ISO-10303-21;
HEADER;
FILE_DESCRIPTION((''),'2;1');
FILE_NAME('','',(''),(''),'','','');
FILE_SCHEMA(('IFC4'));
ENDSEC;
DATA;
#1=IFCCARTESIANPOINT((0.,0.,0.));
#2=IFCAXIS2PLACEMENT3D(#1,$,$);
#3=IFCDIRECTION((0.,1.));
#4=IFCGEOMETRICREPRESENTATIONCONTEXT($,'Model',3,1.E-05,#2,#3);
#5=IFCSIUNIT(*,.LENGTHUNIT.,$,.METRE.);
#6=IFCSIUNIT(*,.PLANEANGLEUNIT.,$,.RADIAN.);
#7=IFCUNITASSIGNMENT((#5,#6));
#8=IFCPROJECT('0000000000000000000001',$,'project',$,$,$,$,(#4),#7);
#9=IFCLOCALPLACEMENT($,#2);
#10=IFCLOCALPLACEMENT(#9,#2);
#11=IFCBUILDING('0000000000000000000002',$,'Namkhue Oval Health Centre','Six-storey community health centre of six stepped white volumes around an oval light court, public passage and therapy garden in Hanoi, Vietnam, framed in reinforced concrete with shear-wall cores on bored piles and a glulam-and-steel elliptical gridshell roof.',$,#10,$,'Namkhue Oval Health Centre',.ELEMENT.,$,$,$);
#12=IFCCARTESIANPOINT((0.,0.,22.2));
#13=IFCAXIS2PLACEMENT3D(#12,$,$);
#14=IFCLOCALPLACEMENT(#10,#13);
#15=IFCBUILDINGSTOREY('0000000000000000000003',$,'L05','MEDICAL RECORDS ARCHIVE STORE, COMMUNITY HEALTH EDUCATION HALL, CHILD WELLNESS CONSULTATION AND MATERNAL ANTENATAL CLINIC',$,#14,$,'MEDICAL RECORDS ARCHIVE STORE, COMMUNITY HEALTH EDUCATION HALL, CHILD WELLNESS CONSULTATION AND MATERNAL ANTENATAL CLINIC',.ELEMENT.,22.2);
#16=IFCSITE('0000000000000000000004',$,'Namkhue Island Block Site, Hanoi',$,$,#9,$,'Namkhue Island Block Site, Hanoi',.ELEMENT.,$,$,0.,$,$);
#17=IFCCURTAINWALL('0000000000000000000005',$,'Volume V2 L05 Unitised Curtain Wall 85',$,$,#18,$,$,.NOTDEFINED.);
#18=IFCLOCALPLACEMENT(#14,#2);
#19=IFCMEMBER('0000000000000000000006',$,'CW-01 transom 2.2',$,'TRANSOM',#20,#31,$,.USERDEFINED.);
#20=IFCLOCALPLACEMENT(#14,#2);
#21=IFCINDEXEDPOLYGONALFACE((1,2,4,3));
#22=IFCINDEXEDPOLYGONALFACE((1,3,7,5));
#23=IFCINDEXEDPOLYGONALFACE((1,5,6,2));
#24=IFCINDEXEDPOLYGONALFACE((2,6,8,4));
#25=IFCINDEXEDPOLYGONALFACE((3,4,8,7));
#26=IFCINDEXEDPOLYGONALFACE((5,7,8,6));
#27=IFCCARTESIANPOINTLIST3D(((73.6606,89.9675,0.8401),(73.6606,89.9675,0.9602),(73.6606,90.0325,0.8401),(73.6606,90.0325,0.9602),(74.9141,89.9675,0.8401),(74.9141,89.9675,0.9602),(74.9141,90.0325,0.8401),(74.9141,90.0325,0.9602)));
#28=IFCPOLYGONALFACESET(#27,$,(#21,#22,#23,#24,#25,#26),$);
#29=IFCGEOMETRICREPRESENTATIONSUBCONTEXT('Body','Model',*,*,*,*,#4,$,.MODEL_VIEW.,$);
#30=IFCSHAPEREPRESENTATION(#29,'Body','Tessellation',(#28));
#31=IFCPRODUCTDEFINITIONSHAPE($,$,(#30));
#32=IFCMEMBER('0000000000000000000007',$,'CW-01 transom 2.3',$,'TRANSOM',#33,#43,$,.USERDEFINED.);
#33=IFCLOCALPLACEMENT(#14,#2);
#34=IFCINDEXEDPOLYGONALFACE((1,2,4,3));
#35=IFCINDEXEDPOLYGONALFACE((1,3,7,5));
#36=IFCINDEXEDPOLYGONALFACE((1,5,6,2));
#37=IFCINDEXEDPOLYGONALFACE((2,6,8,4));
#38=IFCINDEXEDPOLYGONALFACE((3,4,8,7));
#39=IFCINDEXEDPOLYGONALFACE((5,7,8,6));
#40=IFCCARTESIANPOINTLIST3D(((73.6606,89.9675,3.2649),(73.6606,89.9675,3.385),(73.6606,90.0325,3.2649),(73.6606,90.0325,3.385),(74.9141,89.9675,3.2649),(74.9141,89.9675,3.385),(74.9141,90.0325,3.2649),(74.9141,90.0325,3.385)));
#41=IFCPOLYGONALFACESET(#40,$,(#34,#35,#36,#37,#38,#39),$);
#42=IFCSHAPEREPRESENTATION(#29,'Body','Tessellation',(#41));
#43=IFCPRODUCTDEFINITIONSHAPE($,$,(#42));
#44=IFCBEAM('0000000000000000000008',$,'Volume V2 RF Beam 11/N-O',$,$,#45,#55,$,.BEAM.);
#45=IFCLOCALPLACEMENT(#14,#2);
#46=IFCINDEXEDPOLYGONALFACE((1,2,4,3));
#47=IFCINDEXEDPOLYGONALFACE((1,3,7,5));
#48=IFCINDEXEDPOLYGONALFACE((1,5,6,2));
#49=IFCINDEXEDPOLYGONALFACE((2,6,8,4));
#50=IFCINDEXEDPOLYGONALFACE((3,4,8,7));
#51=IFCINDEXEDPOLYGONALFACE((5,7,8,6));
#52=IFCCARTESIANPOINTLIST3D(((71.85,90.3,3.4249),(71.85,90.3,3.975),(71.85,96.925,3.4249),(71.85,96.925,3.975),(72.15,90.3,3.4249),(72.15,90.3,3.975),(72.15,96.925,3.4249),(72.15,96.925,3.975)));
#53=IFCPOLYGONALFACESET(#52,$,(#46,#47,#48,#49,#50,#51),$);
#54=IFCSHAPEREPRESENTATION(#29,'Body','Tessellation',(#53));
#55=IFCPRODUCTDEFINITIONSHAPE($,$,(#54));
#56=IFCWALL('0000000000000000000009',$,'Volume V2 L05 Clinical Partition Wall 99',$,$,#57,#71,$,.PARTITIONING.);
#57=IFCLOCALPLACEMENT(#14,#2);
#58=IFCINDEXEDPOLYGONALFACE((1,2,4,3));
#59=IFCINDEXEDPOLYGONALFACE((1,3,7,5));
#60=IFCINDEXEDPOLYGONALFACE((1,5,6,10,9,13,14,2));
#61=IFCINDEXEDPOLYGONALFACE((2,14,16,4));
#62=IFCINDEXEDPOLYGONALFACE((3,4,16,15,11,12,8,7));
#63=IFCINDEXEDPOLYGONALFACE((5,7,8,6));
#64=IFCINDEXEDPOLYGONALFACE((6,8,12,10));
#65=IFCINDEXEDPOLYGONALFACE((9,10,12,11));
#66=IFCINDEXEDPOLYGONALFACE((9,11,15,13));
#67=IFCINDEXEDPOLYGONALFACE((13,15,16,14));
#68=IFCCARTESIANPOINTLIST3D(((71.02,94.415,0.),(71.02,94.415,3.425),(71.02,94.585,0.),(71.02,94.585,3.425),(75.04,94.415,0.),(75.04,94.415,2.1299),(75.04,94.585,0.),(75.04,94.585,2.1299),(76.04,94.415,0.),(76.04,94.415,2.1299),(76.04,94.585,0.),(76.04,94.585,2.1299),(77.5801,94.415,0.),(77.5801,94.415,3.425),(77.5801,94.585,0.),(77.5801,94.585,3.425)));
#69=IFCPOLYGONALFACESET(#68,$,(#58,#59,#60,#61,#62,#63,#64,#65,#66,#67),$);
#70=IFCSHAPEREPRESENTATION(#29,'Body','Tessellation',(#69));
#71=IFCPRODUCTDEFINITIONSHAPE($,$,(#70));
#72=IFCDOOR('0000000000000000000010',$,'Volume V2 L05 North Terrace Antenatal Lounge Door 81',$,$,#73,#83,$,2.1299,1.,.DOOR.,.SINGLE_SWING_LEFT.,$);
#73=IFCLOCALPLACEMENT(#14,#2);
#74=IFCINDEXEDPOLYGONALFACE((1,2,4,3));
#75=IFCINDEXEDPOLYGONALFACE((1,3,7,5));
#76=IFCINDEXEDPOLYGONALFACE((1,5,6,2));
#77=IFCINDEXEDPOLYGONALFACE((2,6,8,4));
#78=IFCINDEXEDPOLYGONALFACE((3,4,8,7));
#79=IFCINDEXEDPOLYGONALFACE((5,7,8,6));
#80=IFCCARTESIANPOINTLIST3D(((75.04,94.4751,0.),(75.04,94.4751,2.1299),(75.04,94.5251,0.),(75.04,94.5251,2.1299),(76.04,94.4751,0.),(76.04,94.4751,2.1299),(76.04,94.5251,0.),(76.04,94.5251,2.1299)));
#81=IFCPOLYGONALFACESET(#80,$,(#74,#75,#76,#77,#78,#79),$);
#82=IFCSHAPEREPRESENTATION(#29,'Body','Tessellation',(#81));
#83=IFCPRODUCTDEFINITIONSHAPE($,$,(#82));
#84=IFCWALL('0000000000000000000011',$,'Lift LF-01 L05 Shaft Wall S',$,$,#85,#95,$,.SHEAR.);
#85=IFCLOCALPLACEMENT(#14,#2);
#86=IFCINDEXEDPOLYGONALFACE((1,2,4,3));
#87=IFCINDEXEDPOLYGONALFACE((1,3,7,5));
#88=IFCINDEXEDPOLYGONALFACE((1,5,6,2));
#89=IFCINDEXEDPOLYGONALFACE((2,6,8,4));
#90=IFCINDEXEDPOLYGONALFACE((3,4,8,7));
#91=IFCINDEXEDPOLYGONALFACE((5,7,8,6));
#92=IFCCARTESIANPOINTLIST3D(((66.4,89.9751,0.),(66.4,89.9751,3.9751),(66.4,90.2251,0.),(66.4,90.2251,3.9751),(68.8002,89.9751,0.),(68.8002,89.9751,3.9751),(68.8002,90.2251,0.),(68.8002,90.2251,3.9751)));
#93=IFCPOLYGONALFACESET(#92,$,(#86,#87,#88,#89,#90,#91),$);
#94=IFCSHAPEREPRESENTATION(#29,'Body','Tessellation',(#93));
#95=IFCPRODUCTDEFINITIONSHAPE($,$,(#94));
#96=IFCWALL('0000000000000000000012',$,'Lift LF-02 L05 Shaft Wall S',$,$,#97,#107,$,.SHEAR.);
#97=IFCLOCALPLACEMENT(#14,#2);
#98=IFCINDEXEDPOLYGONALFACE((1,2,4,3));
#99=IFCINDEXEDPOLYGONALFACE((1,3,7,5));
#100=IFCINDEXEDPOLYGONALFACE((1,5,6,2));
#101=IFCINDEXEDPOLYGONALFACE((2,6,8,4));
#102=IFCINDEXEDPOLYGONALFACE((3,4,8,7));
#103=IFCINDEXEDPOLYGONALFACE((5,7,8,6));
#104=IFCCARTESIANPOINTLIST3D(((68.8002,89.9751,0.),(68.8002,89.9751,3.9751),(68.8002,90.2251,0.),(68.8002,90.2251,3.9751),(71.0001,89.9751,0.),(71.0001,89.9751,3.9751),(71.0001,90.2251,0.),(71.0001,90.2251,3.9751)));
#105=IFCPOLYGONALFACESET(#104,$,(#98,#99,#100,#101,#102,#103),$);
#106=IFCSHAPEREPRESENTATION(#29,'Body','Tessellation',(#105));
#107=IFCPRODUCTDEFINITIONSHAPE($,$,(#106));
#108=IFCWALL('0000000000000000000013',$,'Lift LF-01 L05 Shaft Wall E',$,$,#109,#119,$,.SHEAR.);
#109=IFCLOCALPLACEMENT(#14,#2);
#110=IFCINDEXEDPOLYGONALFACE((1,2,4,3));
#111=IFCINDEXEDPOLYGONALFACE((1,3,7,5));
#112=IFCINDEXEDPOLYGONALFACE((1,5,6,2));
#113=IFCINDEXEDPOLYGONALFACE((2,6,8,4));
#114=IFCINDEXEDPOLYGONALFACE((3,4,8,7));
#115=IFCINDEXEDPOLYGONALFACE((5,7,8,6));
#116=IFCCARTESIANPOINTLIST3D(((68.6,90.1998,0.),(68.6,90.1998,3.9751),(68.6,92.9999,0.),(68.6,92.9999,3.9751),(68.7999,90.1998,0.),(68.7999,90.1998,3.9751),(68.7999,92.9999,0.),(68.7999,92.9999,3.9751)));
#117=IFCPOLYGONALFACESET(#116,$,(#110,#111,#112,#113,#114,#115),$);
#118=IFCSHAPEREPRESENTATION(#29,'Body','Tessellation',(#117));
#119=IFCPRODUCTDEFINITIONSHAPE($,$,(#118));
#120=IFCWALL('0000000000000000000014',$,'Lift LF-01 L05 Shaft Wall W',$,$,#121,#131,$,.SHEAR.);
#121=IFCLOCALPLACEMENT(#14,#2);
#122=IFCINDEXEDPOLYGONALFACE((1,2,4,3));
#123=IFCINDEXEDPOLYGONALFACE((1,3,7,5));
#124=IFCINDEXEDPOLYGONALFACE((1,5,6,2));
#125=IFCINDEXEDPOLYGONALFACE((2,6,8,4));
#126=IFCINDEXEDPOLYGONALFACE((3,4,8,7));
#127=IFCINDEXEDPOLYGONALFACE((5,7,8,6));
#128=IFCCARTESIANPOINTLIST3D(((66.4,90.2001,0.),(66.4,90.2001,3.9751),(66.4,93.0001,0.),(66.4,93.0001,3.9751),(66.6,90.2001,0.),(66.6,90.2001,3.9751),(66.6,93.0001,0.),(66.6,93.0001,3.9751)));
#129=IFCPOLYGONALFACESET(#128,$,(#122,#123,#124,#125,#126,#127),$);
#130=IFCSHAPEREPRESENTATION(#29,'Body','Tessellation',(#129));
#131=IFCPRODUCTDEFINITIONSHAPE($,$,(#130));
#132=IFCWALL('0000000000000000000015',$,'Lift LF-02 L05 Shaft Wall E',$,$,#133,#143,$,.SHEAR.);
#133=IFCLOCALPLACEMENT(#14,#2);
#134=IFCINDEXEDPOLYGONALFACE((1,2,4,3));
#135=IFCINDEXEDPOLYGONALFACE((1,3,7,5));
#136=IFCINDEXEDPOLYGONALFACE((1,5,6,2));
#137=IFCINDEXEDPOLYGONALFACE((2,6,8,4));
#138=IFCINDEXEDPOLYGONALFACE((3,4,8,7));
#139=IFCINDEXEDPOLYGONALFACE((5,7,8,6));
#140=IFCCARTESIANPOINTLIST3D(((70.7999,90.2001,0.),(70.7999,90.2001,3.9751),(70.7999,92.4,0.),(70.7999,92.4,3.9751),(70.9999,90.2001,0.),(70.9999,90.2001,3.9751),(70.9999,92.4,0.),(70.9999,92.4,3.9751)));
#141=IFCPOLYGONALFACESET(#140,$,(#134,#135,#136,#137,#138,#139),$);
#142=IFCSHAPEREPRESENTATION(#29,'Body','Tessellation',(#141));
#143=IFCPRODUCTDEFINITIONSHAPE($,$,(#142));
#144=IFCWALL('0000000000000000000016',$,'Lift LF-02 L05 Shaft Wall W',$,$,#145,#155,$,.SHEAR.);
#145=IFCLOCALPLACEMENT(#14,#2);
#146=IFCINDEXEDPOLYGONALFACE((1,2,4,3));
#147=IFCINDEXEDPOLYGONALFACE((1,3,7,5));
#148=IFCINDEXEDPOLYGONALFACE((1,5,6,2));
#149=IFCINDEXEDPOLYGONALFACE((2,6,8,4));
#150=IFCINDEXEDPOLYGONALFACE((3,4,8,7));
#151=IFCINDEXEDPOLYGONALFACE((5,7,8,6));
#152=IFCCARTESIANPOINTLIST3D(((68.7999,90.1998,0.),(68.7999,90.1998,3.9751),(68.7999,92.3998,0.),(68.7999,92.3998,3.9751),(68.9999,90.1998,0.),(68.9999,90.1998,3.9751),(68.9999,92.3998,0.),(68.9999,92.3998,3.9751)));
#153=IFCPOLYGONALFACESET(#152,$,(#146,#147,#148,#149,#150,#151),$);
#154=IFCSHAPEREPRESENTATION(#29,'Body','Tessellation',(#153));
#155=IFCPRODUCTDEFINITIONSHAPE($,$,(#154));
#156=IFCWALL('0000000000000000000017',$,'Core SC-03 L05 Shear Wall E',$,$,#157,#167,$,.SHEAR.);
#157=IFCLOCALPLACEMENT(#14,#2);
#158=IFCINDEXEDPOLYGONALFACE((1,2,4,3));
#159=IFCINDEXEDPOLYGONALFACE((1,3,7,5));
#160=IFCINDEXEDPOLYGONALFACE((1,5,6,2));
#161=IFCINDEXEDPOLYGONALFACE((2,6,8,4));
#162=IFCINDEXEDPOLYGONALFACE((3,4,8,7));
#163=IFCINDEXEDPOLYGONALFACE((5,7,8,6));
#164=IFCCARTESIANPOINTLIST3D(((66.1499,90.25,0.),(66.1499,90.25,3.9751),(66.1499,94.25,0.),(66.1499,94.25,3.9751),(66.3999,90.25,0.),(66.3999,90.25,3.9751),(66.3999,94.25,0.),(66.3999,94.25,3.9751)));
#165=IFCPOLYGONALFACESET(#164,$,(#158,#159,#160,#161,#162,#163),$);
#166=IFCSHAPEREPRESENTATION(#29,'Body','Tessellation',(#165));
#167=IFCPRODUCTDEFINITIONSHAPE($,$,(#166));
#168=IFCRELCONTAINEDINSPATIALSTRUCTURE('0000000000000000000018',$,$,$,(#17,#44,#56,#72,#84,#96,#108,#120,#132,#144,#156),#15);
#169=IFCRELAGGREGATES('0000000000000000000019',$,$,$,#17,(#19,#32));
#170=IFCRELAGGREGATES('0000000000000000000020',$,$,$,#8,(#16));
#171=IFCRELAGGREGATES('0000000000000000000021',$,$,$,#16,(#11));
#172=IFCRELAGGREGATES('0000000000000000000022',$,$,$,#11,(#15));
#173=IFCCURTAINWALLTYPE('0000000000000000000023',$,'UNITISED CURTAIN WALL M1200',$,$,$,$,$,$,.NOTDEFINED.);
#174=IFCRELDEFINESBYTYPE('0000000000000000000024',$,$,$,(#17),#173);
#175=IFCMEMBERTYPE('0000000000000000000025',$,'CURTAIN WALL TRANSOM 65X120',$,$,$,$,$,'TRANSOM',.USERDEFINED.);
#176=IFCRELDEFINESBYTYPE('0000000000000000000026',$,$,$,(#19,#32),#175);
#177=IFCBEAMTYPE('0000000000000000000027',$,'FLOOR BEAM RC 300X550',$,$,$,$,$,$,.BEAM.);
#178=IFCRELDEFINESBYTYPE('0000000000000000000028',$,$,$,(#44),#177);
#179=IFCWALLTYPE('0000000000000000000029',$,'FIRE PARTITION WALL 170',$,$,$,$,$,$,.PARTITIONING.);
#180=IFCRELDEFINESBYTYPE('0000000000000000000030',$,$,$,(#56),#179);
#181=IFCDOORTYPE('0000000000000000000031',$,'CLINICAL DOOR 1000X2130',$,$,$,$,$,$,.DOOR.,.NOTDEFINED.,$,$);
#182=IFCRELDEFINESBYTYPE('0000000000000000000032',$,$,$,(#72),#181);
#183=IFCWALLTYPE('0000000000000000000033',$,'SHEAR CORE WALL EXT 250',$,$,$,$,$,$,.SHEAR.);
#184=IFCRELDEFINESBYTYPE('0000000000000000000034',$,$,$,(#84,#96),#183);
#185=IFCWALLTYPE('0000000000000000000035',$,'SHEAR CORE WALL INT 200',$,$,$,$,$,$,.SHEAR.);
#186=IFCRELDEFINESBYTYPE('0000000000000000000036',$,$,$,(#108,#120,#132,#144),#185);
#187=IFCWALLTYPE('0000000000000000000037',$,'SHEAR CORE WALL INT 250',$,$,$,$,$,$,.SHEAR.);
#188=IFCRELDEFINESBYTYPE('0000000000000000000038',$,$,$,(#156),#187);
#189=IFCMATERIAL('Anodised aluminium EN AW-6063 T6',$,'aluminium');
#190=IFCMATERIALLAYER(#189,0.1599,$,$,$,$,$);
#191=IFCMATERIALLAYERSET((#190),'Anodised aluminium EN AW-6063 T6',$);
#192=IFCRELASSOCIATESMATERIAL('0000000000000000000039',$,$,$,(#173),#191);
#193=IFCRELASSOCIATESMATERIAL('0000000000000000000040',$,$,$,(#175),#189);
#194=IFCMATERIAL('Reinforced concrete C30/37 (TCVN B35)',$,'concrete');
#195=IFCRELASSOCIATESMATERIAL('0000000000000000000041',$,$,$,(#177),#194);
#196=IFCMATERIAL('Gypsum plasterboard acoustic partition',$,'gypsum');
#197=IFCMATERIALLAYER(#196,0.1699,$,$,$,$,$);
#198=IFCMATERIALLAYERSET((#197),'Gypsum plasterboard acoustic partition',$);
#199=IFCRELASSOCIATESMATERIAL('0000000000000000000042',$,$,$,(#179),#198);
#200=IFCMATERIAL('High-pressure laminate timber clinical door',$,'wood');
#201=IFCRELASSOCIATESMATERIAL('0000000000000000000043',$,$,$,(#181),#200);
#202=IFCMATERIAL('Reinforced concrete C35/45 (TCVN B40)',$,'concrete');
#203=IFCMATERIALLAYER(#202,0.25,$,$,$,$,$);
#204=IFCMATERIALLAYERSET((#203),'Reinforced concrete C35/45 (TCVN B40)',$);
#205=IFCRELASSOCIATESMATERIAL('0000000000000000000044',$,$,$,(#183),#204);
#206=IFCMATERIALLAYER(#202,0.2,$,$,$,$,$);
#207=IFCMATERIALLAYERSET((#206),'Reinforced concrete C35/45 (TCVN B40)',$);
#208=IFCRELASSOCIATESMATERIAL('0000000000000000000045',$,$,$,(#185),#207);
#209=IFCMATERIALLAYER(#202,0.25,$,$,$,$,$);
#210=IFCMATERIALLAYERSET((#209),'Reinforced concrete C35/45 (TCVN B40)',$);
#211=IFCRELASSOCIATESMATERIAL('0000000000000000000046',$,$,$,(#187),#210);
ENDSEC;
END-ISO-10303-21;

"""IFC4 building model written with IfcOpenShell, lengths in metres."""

from ifc_helpers import new_model, si_unit, direction, frame, frame_2d, origin, origin_2d, place, context, subcontext, project, spatial, rectangle, extrude, material, layer, layer_set, material_profile, profile_set, type_object, element, fill, aggregate, save


model = new_model("IFC4")

# Units and contexts
model_context = context("Model", 3, precision=1e-05, world=origin(), true_north=direction((0.0, 1.0)))
body_context = subcontext(model_context, "Body", "Model", "MODEL_VIEW")
ifc_project = project(units=[si_unit("LENGTHUNIT", "METRE"), si_unit("PLANEANGLEUNIT", "RADIAN")], contexts=[model_context])

# Site, building, storey
site_placement = place(None, origin())
site = spatial("IfcSite", under=ifc_project, at=site_placement, Name="Namkhue Island Block Site, Hanoi", LongName="Namkhue Island Block Site, Hanoi", CompositionType="ELEMENT", RefElevation=0.0)
building_placement = place(site_placement, origin())
building = spatial("IfcBuilding", under=site, at=building_placement, Name="Namkhue Oval Health Centre", Description="Six-storey community health centre of six stepped white volumes around an oval light court, public passage and therapy garden in Hanoi, Vietnam, framed in reinforced concrete with shear-wall cores on bored piles and a glulam-and-steel elliptical gridshell roof.", LongName="Namkhue Oval Health Centre", CompositionType="ELEMENT")
storey_placement = place(building_placement, frame((0.0, 0.0, 22.2)))
storey = spatial("IfcBuildingStorey", under=building, at=storey_placement, Name="L05", Description="MEDICAL RECORDS ARCHIVE STORE, COMMUNITY HEALTH EDUCATION HALL, CHILD WELLNESS CONSULTATION AND MATERNAL ANTENATAL CLINIC", LongName="MEDICAL RECORDS ARCHIVE STORE, COMMUNITY HEALTH EDUCATION HALL, CHILD WELLNESS CONSULTATION AND MATERNAL ANTENATAL CLINIC", CompositionType="ELEMENT", Elevation=22.2)

# Curtain wall, members
ifc_material_1 = material(Name="Anodised aluminium EN AW-6063 T6", Category="aluminium")
ifc_layer_1 = layer(ifc_material_1, 0.1599)
ifc_layer_set_1 = layer_set([ifc_layer_1], Name="Anodised aluminium EN AW-6063 T6")
curtain_wall_type = type_object("IfcCurtainWallType", Name="UNITISED CURTAIN WALL M1200", PredefinedType="NOTDEFINED", material=ifc_layer_set_1)
curtain_wall_placement = place(storey_placement, origin())
curtain_wall = element("IfcCurtainWall", 1, at=curtain_wall_placement, inside=storey, type_object=curtain_wall_type, Name="Volume V2 L05 Unitised Curtain Wall 85", PredefinedType="NOTDEFINED")
ifc_material_profile_1 = material_profile(ifc_material_1, rectangle(XDim=0.0649, YDim=0.1201, at=origin_2d()), Name="ALU 65x120")
ifc_profile_set_1 = profile_set([ifc_material_profile_1], Name="Anodised aluminium EN AW-6063 T6")
member_type = type_object("IfcMemberType", Name="CURTAIN WALL TRANSOM 65X120", ElementType="TRANSOM", PredefinedType="USERDEFINED", material=ifc_profile_set_1)
member_1_placement = place(storey_placement, frame((73.6606, 90.0, 0.9001), z_axis=(1.0, 0.0, 0.0), x_axis=(0.0, 1.0, 0.0)))
member_1 = element("IfcMember", 2, at=member_1_placement, type_object=member_type, Name="CW-01 transom 2.2", ObjectType="TRANSOM", PredefinedType="USERDEFINED", context=body_context, shape_type="SweptSolid", body=[
    extrude(rectangle(XDim=0.0649, YDim=0.1201, at=origin_2d()), origin(), (0.0, 0.0, 1.0), 1.2534),
])
member_2_placement = place(storey_placement, frame((73.6606, 90.0, 3.325), z_axis=(1.0, 0.0, 0.0), x_axis=(0.0, 1.0, 0.0)))
member_2 = element("IfcMember", 3, at=member_2_placement, type_object=member_type, Name="CW-01 transom 2.3", ObjectType="TRANSOM", PredefinedType="USERDEFINED", context=body_context, shape_type="SweptSolid", body=[
    extrude(rectangle(XDim=0.0649, YDim=0.1201, at=origin_2d()), origin(), (0.0, 0.0, 1.0), 1.2534),
])
aggregate(curtain_wall, [member_1, member_2])

# Beam
ifc_material_2 = material(Name="Reinforced concrete C30/37 (TCVN B35)", Category="concrete")
ifc_material_profile_2 = material_profile(ifc_material_2, rectangle(XDim=0.3, YDim=0.55, at=origin_2d()), Name="RC 300x550")
ifc_profile_set_2 = profile_set([ifc_material_profile_2], Name="Reinforced concrete C30/37 (TCVN B35)")
beam_type = type_object("IfcBeamType", Name="FLOOR BEAM RC 300X550", PredefinedType="BEAM", material=ifc_profile_set_2)
beam_placement = place(storey_placement, frame((72.0, 90.3, 3.7), z_axis=(0.0, 1.0, 0.0), x_axis=(-1.0, 0.0, 0.0)))
element("IfcBeam", 4, at=beam_placement, inside=storey, type_object=beam_type, Name="Volume V2 RF Beam 11/N-O", PredefinedType="BEAM", context=body_context, shape_type="SweptSolid", body=[
    extrude(rectangle(XDim=0.3, YDim=0.55, at=origin_2d()), origin(), (0.0, 0.0, 1.0), 6.625),
])

# Wall, opening, door
ifc_material_3 = material(Name="Gypsum plasterboard acoustic partition", Category="gypsum")
ifc_layer_2 = layer(ifc_material_3, 0.1699)
ifc_layer_set_2 = layer_set([ifc_layer_2], Name="Gypsum plasterboard acoustic partition")
wall_type_1 = type_object("IfcWallType", Name="FIRE PARTITION WALL 170", PredefinedType="PARTITIONING", material=ifc_layer_set_2)
wall_1_placement = place(storey_placement, frame((71.02, 94.5, 0.0), z_axis=(0.0, 0.0, 1.0), x_axis=(1.0, 0.0, 0.0)))
wall_1 = element("IfcWall", 5, at=wall_1_placement, inside=storey, type_object=wall_type_1, Name="Volume V2 L05 Clinical Partition Wall 99", PredefinedType="PARTITIONING", context=body_context, shape_type="SweptSolid", body=[
    extrude(rectangle(XDim=6.5601, YDim=0.1699, at=frame_2d((3.28, 0.0))), origin(), (0.0, 0.0, 1.0), 3.425),
])
opening_1_placement = place(wall_1_placement, frame((4.02, 0.0, 0.0)))
opening_1 = element("IfcOpeningElement", 6, at=opening_1_placement, cuts=wall_1, PredefinedType="OPENING", context=body_context, shape_type="SweptSolid", body=[
    extrude(rectangle(XDim=1.0, YDim=2.1299, at=frame_2d((0.5, 1.0649))), frame((0.0, 0.095, 0.0), z_axis=(0.0, -1.0, 0.0), x_axis=(1.0, 0.0, 0.0)), (0.0, 0.0, 1.0), 0.1899),
])
ifc_material_4 = material(Name="High-pressure laminate timber clinical door", Category="wood")
door_type_1 = type_object("IfcDoorType", Name="CLINICAL DOOR 1000X2130", OperationType="NOTDEFINED", PredefinedType="DOOR", material=ifc_material_4)
door_1_placement = place(opening_1_placement, frame((1.0, 0.0, 0.0), z_axis=(0.0, 0.0, 1.0), x_axis=(-1.0, 0.0, 0.0)))
door_1 = element("IfcDoor", 7, at=door_1_placement, inside=storey, type_object=door_type_1, Name="Volume V2 L05 North Terrace Antenatal Lounge Door 81", OperationType="SINGLE_SWING_LEFT", OverallHeight=2.1299, OverallWidth=1.0, PredefinedType="DOOR", context=body_context, shape_type="SweptSolid", body=[
    extrude(rectangle(XDim=1.0, YDim=2.1299, at=frame_2d((0.5, 1.0649))), frame((0.0, 0.0249, 0.0), z_axis=(0.0, -1.0, 0.0), x_axis=(1.0, 0.0, 0.0)), (0.0, 0.0, 1.0), 0.05),
])
fill(opening_1, door_1)

# Walls
ifc_material_5 = material(Name="Reinforced concrete C35/45 (TCVN B40)", Category="concrete")
ifc_layer_3 = layer(ifc_material_5, 0.25)
ifc_layer_set_3 = layer_set([ifc_layer_3], Name="Reinforced concrete C35/45 (TCVN B40)")
wall_type_2 = type_object("IfcWallType", Name="SHEAR CORE WALL EXT 250", PredefinedType="SHEAR", material=ifc_layer_set_3)
wall_2_placement = place(storey_placement, frame((66.3999, 90.1001, 0.0), z_axis=(0.0, 0.0, 1.0), x_axis=(1.0, 0.0, 0.0)))
element("IfcWall", 8, at=wall_2_placement, inside=storey, type_object=wall_type_2, Name="Lift LF-01 L05 Shaft Wall S", PredefinedType="SHEAR", context=body_context, shape_type="SweptSolid", body=[
    extrude(rectangle(XDim=2.4001, YDim=0.25, at=frame_2d((1.2002, 0.0))), origin(), (0.0, 0.0, 1.0), 3.9751),
])
wall_3_placement = place(storey_placement, frame((68.8, 90.1001, 0.0), z_axis=(0.0, 0.0, 1.0), x_axis=(1.0, 0.0, 0.0)))
element("IfcWall", 9, at=wall_3_placement, inside=storey, type_object=wall_type_2, Name="Lift LF-02 L05 Shaft Wall S", PredefinedType="SHEAR", context=body_context, shape_type="SweptSolid", body=[
    extrude(rectangle(XDim=2.2, YDim=0.25, at=frame_2d((1.1001, 0.0))), origin(), (0.0, 0.0, 1.0), 3.9751),
])
ifc_layer_4 = layer(ifc_material_5, 0.2)
ifc_layer_set_4 = layer_set([ifc_layer_4], Name="Reinforced concrete C35/45 (TCVN B40)")
wall_type_3 = type_object("IfcWallType", Name="SHEAR CORE WALL INT 200", PredefinedType="SHEAR", material=ifc_layer_set_4)
wall_4_placement = place(storey_placement, frame((68.7, 90.2, 0.0), z_axis=(0.0, 0.0, 1.0), x_axis=(0.0, 1.0, 0.0)))
element("IfcWall", 10, at=wall_4_placement, inside=storey, type_object=wall_type_3, Name="Lift LF-01 L05 Shaft Wall E", PredefinedType="SHEAR", context=body_context, shape_type="SweptSolid", body=[
    extrude(rectangle(XDim=2.8, YDim=0.2, at=frame_2d((1.3999, 0.0))), origin(), (0.0, 0.0, 1.0), 3.9751),
])

# Walls
wall_5_placement = place(storey_placement, frame((66.5, 93.0, 0.0), z_axis=(0.0, 0.0, 1.0), x_axis=(0.0, -1.0, 0.0)))
element("IfcWall", 11, at=wall_5_placement, inside=storey, type_object=wall_type_3, Name="Lift LF-01 L05 Shaft Wall W", PredefinedType="SHEAR", context=body_context, shape_type="SweptSolid", body=[
    extrude(rectangle(XDim=2.8, YDim=0.2, at=frame_2d((1.3999, 0.0))), origin(), (0.0, 0.0, 1.0), 3.9751),
])
wall_6_placement = place(storey_placement, frame((70.8999, 90.2, 0.0), z_axis=(0.0, 0.0, 1.0), x_axis=(0.0, 1.0, 0.0)))
element("IfcWall", 12, at=wall_6_placement, inside=storey, type_object=wall_type_3, Name="Lift LF-02 L05 Shaft Wall E", PredefinedType="SHEAR", context=body_context, shape_type="SweptSolid", body=[
    extrude(rectangle(XDim=2.2, YDim=0.2, at=frame_2d((1.1001, 0.0))), origin(), (0.0, 0.0, 1.0), 3.9751),
])

# Walls
wall_7_placement = place(storey_placement, frame((68.8999, 92.3999, 0.0), z_axis=(0.0, 0.0, 1.0), x_axis=(0.0, -1.0, 0.0)))
element("IfcWall", 13, at=wall_7_placement, inside=storey, type_object=wall_type_3, Name="Lift LF-02 L05 Shaft Wall W", PredefinedType="SHEAR", context=body_context, shape_type="SweptSolid", body=[
    extrude(rectangle(XDim=2.2, YDim=0.2, at=frame_2d((1.1001, 0.0))), origin(), (0.0, 0.0, 1.0), 3.9751),
])
ifc_layer_5 = layer(ifc_material_5, 0.25)
ifc_layer_set_5 = layer_set([ifc_layer_5], Name="Reinforced concrete C35/45 (TCVN B40)")
wall_type_4 = type_object("IfcWallType", Name="SHEAR CORE WALL INT 250", PredefinedType="SHEAR", material=ifc_layer_set_5)
wall_8_placement = place(storey_placement, frame((66.2749, 90.25, 0.0), z_axis=(0.0, 0.0, 1.0), x_axis=(0.0, 1.0, 0.0)))
element("IfcWall", 14, at=wall_8_placement, inside=storey, type_object=wall_type_4, Name="Core SC-03 L05 Shear Wall E", PredefinedType="SHEAR", context=body_context, shape_type="SweptSolid", body=[
    extrude(rectangle(XDim=4.0, YDim=0.25, at=frame_2d((2.0, 0.0))), origin(), (0.0, 0.0, 1.0), 3.9751),
])

save(model, "model.ifc")
